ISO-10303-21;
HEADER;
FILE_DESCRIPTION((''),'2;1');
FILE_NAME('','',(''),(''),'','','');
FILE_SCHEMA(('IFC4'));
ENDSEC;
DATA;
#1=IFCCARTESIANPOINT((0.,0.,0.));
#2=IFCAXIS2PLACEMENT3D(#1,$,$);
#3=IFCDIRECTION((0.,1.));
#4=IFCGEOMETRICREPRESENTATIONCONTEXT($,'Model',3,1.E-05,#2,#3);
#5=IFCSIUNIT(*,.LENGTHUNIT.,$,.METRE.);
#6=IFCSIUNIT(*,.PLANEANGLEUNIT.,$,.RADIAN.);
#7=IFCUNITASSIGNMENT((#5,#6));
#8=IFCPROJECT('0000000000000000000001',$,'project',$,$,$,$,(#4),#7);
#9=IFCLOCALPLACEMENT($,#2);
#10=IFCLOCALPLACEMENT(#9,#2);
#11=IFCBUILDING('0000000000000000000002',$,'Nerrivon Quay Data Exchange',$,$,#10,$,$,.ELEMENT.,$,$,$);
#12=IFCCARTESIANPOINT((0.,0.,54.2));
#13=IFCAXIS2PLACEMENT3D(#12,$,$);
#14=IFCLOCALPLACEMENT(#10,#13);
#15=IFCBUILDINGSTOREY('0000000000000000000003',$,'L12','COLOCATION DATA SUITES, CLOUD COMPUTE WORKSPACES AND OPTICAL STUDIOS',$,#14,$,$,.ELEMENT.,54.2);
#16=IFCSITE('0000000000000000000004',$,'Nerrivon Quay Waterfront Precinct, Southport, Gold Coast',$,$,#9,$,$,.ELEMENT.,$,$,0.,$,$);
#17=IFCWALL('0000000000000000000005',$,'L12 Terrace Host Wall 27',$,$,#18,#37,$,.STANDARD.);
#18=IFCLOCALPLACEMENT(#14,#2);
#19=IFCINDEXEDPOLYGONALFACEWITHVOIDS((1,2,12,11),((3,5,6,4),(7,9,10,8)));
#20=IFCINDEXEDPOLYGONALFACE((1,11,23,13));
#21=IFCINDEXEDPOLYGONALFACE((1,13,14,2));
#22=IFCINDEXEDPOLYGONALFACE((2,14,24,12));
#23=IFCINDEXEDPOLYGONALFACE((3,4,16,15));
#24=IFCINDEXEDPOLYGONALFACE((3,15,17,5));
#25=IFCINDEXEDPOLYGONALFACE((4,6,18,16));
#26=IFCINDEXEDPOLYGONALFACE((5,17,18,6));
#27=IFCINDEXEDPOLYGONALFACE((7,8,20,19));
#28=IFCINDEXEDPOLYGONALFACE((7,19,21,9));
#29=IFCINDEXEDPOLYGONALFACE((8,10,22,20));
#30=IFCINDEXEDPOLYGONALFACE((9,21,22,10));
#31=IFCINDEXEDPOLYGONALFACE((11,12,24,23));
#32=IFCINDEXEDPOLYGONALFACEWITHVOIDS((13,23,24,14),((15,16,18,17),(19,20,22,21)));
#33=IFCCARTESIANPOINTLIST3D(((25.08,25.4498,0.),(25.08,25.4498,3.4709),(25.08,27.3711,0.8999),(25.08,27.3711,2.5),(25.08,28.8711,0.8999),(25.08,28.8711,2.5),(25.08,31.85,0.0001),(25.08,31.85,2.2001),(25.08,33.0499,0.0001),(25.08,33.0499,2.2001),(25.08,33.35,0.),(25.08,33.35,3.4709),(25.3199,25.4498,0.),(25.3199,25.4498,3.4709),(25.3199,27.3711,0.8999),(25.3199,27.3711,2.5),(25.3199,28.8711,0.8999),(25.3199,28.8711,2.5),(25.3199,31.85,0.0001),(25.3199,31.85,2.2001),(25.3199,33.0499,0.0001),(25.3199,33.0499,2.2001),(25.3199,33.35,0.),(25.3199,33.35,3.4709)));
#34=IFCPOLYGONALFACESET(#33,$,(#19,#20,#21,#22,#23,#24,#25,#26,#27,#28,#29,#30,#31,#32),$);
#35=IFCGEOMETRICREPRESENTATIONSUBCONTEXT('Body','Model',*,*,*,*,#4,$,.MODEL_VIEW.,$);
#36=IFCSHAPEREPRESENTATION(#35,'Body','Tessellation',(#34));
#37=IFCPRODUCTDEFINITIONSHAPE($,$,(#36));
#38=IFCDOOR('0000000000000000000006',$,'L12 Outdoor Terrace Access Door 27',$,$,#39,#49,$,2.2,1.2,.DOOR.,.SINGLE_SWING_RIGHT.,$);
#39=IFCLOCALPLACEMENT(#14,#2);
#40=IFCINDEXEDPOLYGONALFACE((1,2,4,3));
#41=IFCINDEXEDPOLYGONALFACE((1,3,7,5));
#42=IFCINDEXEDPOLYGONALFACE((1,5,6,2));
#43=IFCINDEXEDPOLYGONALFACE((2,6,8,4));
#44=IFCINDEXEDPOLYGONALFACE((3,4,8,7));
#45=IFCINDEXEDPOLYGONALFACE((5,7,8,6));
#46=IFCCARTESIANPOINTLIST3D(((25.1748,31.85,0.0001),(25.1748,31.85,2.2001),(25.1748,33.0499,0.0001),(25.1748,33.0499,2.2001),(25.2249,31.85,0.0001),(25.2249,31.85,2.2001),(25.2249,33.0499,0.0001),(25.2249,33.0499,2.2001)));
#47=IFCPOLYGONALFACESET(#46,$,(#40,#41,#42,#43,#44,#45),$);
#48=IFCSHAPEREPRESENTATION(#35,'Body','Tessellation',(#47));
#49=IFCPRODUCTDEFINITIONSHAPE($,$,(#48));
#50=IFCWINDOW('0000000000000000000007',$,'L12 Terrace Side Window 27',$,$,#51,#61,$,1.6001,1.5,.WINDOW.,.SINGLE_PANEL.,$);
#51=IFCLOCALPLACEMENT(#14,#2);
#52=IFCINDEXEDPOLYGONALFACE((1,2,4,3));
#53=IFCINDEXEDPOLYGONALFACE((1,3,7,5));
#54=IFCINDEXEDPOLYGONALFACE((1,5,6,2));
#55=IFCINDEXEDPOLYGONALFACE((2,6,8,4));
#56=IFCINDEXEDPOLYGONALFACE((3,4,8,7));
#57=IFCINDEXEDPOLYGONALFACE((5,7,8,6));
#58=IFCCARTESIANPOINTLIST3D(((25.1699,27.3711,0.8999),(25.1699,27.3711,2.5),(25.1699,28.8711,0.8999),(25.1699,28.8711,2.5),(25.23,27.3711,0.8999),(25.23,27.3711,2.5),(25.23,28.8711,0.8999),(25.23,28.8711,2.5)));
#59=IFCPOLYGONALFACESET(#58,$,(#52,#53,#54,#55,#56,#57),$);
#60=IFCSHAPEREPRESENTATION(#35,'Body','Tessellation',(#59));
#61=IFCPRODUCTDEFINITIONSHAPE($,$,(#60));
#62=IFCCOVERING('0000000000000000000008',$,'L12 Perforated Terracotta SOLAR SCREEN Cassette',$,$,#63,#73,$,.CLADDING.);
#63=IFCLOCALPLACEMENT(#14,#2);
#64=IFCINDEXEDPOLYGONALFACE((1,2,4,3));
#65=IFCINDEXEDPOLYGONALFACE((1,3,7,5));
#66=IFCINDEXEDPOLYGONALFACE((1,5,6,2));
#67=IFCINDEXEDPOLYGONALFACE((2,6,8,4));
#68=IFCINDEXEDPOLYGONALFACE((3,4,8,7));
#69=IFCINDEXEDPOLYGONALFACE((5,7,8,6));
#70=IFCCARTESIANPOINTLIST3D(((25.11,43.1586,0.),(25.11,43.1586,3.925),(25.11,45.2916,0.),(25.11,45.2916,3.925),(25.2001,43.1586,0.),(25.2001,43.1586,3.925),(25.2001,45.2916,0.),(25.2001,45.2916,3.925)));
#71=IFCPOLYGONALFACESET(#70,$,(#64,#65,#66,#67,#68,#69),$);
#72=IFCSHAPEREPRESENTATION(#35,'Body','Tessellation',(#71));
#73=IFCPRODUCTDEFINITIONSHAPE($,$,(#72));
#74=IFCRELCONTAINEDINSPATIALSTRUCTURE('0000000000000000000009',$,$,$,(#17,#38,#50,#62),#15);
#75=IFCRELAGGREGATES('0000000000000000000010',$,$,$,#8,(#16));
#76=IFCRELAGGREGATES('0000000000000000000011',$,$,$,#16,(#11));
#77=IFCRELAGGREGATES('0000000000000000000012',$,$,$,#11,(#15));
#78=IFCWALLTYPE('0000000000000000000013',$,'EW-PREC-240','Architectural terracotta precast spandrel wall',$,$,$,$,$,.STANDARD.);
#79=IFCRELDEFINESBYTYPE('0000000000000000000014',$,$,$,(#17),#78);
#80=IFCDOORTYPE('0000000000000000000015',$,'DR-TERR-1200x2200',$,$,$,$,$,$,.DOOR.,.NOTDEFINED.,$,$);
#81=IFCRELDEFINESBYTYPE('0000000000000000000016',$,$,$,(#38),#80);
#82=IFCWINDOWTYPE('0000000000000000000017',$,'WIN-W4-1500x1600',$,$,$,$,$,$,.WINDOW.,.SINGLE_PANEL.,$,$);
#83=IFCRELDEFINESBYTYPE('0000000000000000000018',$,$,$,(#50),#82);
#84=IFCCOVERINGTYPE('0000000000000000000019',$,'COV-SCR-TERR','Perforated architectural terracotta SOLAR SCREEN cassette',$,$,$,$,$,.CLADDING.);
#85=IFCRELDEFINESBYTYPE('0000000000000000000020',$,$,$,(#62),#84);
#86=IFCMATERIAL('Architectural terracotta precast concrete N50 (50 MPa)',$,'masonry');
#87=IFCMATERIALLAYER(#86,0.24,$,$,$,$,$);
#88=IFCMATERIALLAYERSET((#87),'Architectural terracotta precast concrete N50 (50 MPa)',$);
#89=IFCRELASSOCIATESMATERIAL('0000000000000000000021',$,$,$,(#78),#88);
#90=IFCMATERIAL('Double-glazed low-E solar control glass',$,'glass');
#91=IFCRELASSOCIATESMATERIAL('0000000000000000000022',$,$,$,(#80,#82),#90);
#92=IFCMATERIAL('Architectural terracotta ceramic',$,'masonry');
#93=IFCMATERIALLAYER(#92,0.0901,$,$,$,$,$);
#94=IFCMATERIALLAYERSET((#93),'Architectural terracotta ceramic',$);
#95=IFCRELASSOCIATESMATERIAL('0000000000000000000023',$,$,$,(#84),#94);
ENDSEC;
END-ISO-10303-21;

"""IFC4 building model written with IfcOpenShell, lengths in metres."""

from ifc_helpers import new_model, si_unit, direction, frame, frame_2d, origin, origin_2d, place, context, subcontext, project, spatial, rectangle, extrude, material, layer, layer_set, type_object, element, fill, save


model = new_model("IFC4")

# Units and contexts
model_context = context("Model", 3, precision=1e-05, world=origin(), true_north=direction((0.0, 1.0)))
body_context = subcontext(model_context, "Body", "Model", "MODEL_VIEW")
ifc_project = project(units=[si_unit("LENGTHUNIT", "METRE"), si_unit("PLANEANGLEUNIT", "RADIAN")], contexts=[model_context])

# Site, building, storey
site_placement = place(None, origin())
site = spatial("IfcSite", under=ifc_project, at=site_placement, Name="Nerrivon Quay Waterfront Precinct, Southport, Gold Coast", CompositionType="ELEMENT", RefElevation=0.0)
building_placement = place(site_placement, origin())
building = spatial("IfcBuilding", under=site, at=building_placement, Name="Nerrivon Quay Data Exchange", CompositionType="ELEMENT")
storey_placement = place(building_placement, frame((0.0, 0.0, 54.2)))
storey = spatial("IfcBuildingStorey", under=building, at=storey_placement, Name="L12", Description="COLOCATION DATA SUITES, CLOUD COMPUTE WORKSPACES AND OPTICAL STUDIOS", CompositionType="ELEMENT", Elevation=54.2)

# Shared definitions
ifc_material_1 = material(Name="Double-glazed low-E solar control glass", Category="glass")

# Shared definitions
ifc_material_2 = material(Name="Architectural terracotta precast concrete N50 (50 MPa)", Category="masonry")
ifc_layer_1 = layer(ifc_material_2, 0.24)
ifc_layer_set_1 = layer_set([ifc_layer_1], Name="Architectural terracotta precast concrete N50 (50 MPa)")
wall_type = type_object("IfcWallType", Name="EW-PREC-240", Description="Architectural terracotta precast spandrel wall", PredefinedType="STANDARD", material=ifc_layer_set_1)
door_type = type_object("IfcDoorType", Name="DR-TERR-1200x2200", OperationType="NOTDEFINED", PredefinedType="DOOR", material=ifc_material_1)

# Wall, openings, door, window
wall_1_placement = place(storey_placement, frame((25.2, 33.3501, 0.0), z_axis=(0.0, 0.0, 1.0), x_axis=(0.0, -1.0, 0.0)))
wall_1 = element("IfcWall", 1, at=wall_1_placement, inside=storey, type_object=wall_type, Name="L12 Terrace Host Wall 27", PredefinedType="STANDARD", context=body_context, shape_type="SweptSolid", body=[
    extrude(rectangle(XDim=7.9001, YDim=0.24, at=frame_2d((3.9502, 0.0))), origin(), (0.0, 0.0, 1.0), 3.4709),
])
opening_1_placement = place(wall_1_placement, frame((0.3, 0.0, 0.0)))
opening_1 = element("IfcOpeningElement", 2, at=opening_1_placement, cuts=wall_1, PredefinedType="OPENING", context=body_context, shape_type="SweptSolid", body=[
    extrude(rectangle(XDim=1.2, YDim=2.2, at=frame_2d((0.6001, 1.1001))), frame((0.0, 0.1299, 0.0), z_axis=(0.0, -1.0, 0.0), x_axis=(1.0, 0.0, 0.0)), (0.0, 0.0, 1.0), 0.26),
])
opening_2_placement = place(wall_1_placement, frame((4.479, 0.0, 0.8999)))
opening_2 = element("IfcOpeningElement", 3, at=opening_2_placement, cuts=wall_1, PredefinedType="OPENING", context=body_context, shape_type="SweptSolid", body=[
    extrude(rectangle(XDim=1.5, YDim=1.6001, at=frame_2d((0.75, 0.8))), frame((0.0, 0.1299, 0.0), z_axis=(0.0, -1.0, 0.0), x_axis=(1.0, 0.0, 0.0)), (0.0, 0.0, 1.0), 0.26),
])
door_1_placement = place(opening_1_placement, origin())
door_1 = element("IfcDoor", 4, at=door_1_placement, inside=storey, type_object=door_type, Name="L12 Outdoor Terrace Access Door 27", OperationType="SINGLE_SWING_RIGHT", OverallHeight=2.2, OverallWidth=1.2, PredefinedType="DOOR", context=body_context, shape_type="SweptSolid", body=[
    extrude(rectangle(XDim=1.2, YDim=2.2, at=frame_2d((0.6001, 1.1001))), frame((0.0, 0.0249, 0.0), z_axis=(0.0, -1.0, 0.0), x_axis=(1.0, 0.0, 0.0)), (0.0, 0.0, 1.0), 0.05),
])
fill(opening_1, door_1)
window_type = type_object("IfcWindowType", Name="WIN-W4-1500x1600", PartitioningType="SINGLE_PANEL", PredefinedType="WINDOW", material=ifc_material_1)
window_placement = place(opening_2_placement, origin())
window = element("IfcWindow", 5, at=window_placement, inside=storey, type_object=window_type, Name="L12 Terrace Side Window 27", OverallHeight=1.6001, OverallWidth=1.5, PartitioningType="SINGLE_PANEL", PredefinedType="WINDOW", context=body_context, shape_type="SweptSolid", body=[
    extrude(rectangle(XDim=1.5, YDim=1.6001, at=frame_2d((0.75, 0.8))), frame((0.0, 0.03, 0.0), z_axis=(0.0, -1.0, 0.0), x_axis=(1.0, 0.0, 0.0)), (0.0, 0.0, 1.0), 0.0601),
])
fill(opening_2, window)

# Covering
ifc_material_3 = material(Name="Architectural terracotta ceramic", Category="masonry")
ifc_layer_2 = layer(ifc_material_3, 0.0901)
ifc_layer_set_2 = layer_set([ifc_layer_2], Name="Architectural terracotta ceramic")
covering_type = type_object("IfcCoveringType", Name="COV-SCR-TERR", Description="Perforated architectural terracotta SOLAR SCREEN cassette", PredefinedType="CLADDING", material=ifc_layer_set_2)
covering_placement = place(storey_placement, frame((25.155, 44.2251, 0.0), z_axis=(0.0, 0.0, 1.0), x_axis=(0.0, -1.0, 0.0)))
element("IfcCovering", 6, at=covering_placement, inside=storey, type_object=covering_type, Name="L12 Perforated Terracotta SOLAR SCREEN Cassette", PredefinedType="CLADDING", context=body_context, shape_type="SweptSolid", body=[
    extrude(rectangle(XDim=2.1331, YDim=0.0901, at=origin_2d()), origin(), (0.0, 0.0, 1.0), 3.925),
])

save(model, "model.ifc")
